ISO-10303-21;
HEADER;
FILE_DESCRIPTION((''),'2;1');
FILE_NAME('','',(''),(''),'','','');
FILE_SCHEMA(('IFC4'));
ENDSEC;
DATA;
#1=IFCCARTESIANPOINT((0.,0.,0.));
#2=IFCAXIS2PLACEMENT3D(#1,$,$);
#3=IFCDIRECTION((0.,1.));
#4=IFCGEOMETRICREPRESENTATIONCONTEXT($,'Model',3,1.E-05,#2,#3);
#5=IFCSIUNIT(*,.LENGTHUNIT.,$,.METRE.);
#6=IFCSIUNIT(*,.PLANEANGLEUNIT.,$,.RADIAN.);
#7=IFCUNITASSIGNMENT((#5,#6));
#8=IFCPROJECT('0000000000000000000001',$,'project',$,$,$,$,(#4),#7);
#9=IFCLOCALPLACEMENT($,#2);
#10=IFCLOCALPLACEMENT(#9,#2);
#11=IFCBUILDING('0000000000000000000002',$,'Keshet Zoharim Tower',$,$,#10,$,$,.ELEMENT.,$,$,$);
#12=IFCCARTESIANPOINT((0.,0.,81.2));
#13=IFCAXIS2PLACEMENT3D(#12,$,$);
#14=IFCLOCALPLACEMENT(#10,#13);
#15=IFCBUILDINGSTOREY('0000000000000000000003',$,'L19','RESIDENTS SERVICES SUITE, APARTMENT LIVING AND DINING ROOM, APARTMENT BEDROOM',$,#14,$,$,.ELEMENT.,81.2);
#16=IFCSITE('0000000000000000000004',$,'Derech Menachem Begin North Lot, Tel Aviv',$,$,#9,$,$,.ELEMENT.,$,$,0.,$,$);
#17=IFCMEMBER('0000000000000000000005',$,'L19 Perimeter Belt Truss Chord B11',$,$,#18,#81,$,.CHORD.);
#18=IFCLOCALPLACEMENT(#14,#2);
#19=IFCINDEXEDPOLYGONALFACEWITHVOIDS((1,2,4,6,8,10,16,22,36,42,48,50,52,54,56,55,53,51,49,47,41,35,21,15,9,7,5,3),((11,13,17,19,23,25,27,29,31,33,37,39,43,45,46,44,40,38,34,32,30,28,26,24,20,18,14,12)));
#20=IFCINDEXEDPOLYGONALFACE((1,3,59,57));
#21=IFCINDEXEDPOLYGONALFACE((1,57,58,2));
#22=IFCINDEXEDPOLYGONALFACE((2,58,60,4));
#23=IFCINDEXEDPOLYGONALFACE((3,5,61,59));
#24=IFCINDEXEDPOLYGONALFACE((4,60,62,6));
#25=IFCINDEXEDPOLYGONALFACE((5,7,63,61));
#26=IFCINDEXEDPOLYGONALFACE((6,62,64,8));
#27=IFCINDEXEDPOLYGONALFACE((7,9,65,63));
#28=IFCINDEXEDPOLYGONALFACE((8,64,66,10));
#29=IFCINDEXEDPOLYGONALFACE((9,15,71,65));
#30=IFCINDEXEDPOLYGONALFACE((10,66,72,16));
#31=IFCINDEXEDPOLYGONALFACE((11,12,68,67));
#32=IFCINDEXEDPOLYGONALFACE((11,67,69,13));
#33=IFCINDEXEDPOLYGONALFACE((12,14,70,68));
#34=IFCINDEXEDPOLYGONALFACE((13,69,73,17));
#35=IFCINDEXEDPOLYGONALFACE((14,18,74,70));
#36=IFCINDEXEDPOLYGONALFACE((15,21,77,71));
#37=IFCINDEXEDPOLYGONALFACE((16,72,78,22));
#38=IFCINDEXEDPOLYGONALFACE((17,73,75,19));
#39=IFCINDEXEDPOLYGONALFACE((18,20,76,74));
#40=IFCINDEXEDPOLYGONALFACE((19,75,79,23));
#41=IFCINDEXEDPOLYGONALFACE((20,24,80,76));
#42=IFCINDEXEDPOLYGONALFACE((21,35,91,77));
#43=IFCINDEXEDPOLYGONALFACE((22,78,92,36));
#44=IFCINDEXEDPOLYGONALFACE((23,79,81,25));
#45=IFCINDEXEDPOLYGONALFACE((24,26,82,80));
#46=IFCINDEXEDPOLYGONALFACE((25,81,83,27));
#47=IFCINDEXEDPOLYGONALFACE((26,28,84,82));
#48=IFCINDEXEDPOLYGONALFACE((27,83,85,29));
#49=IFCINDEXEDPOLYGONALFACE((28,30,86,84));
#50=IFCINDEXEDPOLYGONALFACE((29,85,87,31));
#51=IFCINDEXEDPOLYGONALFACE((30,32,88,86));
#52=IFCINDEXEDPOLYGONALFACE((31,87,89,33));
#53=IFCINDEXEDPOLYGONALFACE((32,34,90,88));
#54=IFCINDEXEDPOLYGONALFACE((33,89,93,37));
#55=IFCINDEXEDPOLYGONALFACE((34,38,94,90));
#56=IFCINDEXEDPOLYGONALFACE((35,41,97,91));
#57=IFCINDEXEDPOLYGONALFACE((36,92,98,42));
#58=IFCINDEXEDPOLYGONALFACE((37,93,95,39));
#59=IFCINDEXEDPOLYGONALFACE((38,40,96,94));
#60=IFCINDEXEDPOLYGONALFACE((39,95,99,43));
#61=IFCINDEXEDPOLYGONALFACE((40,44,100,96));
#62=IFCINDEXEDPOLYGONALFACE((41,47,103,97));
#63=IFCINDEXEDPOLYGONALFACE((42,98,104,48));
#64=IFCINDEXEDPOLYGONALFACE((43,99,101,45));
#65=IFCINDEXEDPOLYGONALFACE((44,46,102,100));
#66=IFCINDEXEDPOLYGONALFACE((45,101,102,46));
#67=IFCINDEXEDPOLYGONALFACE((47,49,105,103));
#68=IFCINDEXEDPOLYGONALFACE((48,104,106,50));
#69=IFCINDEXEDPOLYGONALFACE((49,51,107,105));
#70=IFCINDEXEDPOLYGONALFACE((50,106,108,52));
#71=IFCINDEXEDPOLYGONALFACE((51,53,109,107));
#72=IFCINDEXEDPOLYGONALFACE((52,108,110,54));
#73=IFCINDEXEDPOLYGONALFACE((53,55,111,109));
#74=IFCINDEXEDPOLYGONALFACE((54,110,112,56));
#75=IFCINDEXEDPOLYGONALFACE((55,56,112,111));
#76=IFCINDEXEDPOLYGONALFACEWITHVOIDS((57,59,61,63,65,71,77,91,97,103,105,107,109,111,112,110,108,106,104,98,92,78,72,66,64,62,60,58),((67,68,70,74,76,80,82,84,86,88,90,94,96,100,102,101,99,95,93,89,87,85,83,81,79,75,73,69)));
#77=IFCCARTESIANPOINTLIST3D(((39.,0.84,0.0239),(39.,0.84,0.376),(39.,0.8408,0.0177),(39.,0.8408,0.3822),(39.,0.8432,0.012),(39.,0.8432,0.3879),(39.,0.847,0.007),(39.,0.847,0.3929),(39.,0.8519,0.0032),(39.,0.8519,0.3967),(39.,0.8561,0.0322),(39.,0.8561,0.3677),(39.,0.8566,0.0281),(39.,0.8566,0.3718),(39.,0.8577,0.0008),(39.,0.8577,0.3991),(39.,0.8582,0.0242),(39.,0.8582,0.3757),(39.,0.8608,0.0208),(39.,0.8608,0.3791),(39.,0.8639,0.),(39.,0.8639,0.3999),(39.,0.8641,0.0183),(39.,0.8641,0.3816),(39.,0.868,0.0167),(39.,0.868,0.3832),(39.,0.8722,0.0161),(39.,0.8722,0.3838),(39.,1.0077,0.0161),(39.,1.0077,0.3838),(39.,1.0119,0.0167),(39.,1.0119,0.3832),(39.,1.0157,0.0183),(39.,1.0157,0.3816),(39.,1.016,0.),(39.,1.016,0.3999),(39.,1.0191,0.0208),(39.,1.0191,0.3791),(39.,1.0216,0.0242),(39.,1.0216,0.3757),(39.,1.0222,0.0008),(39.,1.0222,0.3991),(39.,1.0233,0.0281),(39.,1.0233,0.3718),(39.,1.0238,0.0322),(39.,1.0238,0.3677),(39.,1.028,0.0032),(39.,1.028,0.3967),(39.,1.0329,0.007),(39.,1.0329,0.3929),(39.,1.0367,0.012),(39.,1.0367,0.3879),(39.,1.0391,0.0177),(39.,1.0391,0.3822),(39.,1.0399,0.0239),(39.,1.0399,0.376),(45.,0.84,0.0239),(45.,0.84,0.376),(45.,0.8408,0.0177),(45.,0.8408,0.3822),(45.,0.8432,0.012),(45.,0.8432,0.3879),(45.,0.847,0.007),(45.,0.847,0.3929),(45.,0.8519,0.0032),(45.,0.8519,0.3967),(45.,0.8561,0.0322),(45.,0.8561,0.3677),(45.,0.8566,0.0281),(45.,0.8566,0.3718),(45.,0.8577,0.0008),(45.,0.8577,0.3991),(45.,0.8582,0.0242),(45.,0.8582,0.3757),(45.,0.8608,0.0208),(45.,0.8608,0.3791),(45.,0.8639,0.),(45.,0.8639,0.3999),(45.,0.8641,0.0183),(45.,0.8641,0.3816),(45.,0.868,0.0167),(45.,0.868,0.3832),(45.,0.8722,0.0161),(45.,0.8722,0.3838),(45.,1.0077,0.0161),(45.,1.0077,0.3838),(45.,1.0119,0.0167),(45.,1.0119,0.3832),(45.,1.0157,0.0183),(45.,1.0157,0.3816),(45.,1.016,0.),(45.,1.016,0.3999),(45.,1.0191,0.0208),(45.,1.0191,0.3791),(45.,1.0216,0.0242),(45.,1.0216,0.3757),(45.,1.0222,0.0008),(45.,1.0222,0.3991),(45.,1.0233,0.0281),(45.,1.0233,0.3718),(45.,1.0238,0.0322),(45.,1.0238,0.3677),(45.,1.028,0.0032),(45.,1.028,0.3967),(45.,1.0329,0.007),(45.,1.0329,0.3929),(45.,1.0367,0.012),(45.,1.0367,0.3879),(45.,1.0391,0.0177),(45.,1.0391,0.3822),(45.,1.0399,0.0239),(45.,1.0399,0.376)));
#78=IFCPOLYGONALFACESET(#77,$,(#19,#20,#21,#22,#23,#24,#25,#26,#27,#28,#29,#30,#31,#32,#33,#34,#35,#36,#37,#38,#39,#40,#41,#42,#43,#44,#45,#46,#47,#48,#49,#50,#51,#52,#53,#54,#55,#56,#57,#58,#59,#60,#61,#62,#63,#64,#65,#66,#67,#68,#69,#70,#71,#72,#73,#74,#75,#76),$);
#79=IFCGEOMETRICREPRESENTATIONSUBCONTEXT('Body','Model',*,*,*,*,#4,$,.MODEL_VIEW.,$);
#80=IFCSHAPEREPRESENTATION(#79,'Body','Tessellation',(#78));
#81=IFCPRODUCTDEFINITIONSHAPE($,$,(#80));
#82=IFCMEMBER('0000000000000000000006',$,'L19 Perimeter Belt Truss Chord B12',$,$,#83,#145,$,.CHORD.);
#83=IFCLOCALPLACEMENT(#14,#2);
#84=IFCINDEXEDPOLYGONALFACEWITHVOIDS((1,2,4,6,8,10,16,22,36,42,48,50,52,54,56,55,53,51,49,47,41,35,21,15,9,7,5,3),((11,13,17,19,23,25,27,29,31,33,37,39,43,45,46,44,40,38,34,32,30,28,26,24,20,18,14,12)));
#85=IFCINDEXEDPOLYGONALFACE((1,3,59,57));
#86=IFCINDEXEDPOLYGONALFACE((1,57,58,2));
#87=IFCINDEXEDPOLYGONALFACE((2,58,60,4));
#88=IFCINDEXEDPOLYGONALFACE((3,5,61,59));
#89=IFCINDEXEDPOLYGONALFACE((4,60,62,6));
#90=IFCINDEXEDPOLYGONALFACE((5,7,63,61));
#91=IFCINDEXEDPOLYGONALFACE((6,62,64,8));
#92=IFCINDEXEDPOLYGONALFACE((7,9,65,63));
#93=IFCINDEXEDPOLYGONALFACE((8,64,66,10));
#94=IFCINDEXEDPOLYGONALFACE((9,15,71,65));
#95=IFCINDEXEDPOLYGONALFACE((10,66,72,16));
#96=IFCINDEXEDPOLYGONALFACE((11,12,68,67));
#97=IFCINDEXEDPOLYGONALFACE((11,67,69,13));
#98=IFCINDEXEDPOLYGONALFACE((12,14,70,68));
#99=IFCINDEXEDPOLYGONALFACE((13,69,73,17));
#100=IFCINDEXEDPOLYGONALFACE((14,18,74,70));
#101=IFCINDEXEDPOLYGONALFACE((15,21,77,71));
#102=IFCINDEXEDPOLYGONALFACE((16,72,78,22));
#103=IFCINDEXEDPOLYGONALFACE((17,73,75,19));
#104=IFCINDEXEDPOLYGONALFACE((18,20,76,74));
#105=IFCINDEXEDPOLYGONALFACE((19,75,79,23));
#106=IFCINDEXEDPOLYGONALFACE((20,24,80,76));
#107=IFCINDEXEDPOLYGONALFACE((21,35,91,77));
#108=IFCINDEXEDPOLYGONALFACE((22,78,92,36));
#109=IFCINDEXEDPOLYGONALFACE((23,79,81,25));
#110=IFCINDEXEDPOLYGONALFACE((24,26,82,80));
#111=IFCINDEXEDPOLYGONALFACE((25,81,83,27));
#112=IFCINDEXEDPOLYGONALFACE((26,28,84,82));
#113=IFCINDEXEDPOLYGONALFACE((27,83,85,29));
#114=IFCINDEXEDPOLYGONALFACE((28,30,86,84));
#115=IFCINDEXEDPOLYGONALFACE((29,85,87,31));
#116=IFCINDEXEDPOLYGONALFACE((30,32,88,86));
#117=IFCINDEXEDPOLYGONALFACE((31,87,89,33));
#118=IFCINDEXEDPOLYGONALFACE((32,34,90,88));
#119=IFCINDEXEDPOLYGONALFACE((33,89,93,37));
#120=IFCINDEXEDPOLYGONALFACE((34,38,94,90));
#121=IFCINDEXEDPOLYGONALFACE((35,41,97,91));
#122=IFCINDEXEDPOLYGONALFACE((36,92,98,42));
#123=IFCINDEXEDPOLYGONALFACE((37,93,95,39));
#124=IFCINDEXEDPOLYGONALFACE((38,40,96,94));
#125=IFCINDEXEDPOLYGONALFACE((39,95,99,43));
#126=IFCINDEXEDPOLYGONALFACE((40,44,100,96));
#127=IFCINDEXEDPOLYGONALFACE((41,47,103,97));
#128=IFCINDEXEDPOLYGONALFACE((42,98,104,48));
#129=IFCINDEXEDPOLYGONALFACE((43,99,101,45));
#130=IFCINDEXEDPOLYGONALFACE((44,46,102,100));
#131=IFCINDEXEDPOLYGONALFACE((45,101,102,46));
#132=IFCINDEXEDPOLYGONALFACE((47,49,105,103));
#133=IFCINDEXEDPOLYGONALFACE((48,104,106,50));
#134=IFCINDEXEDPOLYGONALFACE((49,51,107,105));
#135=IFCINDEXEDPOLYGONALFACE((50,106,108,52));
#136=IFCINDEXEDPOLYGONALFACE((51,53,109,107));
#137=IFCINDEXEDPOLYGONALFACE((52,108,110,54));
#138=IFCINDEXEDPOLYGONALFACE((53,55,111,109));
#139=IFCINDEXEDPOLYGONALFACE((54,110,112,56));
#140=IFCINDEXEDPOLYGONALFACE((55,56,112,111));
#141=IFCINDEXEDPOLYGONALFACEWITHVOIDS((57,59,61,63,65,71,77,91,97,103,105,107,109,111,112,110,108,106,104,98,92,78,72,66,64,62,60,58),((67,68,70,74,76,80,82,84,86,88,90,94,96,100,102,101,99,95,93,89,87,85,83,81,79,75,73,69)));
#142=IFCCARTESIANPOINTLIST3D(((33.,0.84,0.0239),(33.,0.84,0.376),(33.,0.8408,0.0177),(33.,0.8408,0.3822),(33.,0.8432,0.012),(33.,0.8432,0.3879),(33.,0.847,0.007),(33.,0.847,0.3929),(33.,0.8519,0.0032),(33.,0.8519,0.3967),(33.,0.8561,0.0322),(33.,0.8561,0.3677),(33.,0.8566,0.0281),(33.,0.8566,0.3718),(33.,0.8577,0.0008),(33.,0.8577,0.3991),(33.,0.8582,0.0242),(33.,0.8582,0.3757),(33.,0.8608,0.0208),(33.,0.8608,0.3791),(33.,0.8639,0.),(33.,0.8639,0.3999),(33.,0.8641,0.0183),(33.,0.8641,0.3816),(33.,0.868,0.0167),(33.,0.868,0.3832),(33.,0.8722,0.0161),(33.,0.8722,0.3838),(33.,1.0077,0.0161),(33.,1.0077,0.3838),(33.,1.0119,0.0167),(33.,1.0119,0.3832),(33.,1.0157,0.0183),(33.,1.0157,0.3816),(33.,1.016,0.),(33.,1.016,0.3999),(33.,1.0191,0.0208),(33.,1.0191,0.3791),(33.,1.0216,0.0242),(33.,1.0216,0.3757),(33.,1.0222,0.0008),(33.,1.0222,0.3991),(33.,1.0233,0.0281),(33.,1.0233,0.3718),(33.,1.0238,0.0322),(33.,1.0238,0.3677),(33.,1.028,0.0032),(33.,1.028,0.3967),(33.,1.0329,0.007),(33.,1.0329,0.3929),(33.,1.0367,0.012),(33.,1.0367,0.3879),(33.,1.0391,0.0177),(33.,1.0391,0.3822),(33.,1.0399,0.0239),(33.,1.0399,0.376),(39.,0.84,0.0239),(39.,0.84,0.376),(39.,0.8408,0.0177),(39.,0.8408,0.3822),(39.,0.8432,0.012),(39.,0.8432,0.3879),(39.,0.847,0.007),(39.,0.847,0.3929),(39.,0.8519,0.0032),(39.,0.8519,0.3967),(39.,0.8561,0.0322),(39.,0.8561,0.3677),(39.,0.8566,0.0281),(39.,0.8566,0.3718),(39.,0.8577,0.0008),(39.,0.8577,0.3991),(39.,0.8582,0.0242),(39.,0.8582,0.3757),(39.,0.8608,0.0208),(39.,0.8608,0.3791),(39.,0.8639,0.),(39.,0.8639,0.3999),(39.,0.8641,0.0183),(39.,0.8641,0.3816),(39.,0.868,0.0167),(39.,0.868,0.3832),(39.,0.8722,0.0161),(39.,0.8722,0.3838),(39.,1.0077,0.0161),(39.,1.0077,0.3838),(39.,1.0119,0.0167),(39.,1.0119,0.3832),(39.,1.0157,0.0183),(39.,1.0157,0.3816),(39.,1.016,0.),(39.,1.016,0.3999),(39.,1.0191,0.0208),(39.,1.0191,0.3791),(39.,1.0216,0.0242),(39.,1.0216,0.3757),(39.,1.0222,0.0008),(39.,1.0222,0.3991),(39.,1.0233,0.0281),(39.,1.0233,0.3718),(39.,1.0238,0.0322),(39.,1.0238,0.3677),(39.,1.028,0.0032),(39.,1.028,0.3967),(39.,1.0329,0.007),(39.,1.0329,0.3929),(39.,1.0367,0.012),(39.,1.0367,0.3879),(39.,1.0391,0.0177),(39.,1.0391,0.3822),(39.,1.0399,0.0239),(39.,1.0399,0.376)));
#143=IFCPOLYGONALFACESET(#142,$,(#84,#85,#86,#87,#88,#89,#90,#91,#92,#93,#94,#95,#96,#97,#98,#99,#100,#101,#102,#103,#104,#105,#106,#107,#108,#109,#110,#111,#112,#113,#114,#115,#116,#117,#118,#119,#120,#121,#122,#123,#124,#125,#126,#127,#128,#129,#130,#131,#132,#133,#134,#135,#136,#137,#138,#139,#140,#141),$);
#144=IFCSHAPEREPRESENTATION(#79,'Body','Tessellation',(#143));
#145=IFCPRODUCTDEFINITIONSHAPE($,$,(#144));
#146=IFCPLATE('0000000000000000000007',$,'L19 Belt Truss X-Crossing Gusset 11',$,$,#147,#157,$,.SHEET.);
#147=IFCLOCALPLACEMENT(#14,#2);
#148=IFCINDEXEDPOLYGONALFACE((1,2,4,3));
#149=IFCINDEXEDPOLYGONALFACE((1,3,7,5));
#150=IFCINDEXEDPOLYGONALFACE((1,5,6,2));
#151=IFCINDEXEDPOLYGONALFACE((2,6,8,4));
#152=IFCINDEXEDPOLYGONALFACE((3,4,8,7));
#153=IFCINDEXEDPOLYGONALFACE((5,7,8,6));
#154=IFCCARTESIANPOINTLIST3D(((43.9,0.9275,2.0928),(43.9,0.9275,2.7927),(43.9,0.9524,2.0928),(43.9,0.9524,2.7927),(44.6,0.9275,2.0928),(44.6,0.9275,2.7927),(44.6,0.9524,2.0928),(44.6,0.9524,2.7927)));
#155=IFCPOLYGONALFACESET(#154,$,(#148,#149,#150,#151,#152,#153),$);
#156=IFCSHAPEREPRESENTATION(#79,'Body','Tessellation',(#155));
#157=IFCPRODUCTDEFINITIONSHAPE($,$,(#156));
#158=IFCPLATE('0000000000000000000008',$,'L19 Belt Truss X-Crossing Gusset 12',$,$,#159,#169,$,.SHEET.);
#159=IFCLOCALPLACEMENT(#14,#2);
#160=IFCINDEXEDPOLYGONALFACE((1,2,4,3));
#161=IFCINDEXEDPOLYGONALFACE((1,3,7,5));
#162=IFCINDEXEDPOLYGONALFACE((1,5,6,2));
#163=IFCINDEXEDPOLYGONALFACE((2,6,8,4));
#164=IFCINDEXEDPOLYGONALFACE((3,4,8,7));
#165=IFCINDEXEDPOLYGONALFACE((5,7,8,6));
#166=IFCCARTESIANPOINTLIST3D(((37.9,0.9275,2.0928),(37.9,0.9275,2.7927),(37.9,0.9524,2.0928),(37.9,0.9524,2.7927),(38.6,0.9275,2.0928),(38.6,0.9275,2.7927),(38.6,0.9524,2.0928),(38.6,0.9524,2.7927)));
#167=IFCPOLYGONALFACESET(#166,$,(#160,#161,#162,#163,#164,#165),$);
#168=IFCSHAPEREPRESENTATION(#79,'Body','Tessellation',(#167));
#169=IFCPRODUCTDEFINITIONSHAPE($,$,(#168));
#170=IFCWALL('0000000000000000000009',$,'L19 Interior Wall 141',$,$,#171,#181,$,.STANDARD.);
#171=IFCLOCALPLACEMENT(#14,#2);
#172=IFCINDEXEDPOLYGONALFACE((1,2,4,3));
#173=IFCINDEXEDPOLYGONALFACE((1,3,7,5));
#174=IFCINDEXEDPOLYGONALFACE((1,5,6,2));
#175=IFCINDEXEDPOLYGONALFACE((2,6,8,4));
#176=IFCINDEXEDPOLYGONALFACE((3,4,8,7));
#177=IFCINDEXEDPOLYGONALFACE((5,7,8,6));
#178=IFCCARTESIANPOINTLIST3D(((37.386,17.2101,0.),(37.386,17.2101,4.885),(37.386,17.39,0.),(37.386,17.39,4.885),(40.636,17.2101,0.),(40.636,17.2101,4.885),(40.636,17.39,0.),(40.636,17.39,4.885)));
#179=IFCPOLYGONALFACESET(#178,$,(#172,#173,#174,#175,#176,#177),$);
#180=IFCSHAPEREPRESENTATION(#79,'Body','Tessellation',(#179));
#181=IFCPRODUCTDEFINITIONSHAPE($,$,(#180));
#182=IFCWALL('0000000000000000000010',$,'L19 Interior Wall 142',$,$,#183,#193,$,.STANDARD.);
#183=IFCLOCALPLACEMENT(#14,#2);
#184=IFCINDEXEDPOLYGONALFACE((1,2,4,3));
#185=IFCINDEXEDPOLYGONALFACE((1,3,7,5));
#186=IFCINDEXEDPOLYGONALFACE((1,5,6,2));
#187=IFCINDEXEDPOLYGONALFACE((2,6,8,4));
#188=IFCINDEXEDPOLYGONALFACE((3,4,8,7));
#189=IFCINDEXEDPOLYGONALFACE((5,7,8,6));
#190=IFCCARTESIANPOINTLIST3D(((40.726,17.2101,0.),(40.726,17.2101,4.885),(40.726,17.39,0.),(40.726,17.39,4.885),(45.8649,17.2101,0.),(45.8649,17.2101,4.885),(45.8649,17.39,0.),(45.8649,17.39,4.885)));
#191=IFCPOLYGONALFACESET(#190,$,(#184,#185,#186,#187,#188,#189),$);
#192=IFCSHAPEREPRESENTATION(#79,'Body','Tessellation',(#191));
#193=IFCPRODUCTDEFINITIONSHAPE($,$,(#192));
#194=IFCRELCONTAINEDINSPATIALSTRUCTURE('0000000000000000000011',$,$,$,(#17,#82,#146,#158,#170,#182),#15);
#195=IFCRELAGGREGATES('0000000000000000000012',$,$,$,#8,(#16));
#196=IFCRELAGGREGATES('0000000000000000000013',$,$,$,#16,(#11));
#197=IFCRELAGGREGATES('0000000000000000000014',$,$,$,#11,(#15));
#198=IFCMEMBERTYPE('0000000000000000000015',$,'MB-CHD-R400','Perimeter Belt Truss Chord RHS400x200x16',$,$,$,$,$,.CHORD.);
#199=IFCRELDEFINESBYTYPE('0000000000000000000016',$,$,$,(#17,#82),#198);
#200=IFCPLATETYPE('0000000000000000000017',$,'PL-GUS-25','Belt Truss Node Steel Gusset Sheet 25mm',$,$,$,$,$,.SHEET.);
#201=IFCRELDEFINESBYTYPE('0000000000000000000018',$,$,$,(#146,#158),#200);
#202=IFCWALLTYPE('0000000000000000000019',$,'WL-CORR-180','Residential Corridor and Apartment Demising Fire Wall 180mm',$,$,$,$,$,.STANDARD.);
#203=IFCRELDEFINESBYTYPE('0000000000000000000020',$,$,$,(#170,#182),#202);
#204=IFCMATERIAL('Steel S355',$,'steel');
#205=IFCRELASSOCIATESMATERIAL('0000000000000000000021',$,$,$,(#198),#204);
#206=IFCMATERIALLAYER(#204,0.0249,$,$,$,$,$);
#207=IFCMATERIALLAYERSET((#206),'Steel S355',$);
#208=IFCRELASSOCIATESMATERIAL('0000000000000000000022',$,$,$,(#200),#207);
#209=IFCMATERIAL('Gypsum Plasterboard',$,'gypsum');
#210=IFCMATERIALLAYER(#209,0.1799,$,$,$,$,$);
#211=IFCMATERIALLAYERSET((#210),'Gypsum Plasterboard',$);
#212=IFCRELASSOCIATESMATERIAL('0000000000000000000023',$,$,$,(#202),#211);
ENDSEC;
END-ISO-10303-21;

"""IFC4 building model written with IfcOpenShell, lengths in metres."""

from ifc_helpers import new_model, si_unit, direction, frame, frame_2d, origin, origin_2d, place, context, subcontext, project, spatial, rectangle, hollow_rectangle, extrude, material, layer, layer_set, material_profile, profile_set, type_object, element, save


model = new_model("IFC4")

# Units and contexts
model_context = context("Model", 3, precision=1e-05, world=origin(), true_north=direction((0.0, 1.0)))
body_context = subcontext(model_context, "Body", "Model", "MODEL_VIEW")
ifc_project = project(units=[si_unit("LENGTHUNIT", "METRE"), si_unit("PLANEANGLEUNIT", "RADIAN")], contexts=[model_context])

# Site, building, storey
site_placement = place(None, origin())
site = spatial("IfcSite", under=ifc_project, at=site_placement, Name="Derech Menachem Begin North Lot, Tel Aviv", CompositionType="ELEMENT", RefElevation=0.0)
building_placement = place(site_placement, origin())
building = spatial("IfcBuilding", under=site, at=building_placement, Name="Keshet Zoharim Tower", CompositionType="ELEMENT")
storey_placement = place(building_placement, frame((0.0, 0.0, 81.2)))
storey = spatial("IfcBuildingStorey", under=building, at=storey_placement, Name="L19", Description="RESIDENTS SERVICES SUITE, APARTMENT LIVING AND DINING ROOM, APARTMENT BEDROOM", CompositionType="ELEMENT", Elevation=81.2)

# Shared definitions
ifc_material_1 = material(Name="Steel S355", Category="steel")

# Members
ifc_material_profile_1 = material_profile(ifc_material_1, hollow_rectangle(XDim=0.2, YDim=0.3999, WallThickness=0.0161, InnerFilletRadius=0.0161, OuterFilletRadius=0.0239, at=origin_2d()), Name="RHS400x200x16")
ifc_profile_set_1 = profile_set([ifc_material_profile_1], Name="Steel S355")
member_type_1 = type_object("IfcMemberType", Name="MB-CHD-R400", Description="Perimeter Belt Truss Chord RHS400x200x16", PredefinedType="CHORD", material=ifc_profile_set_1)
for number, where, z_axis, x_axis, name in (
    (1, (45.0, 0.9399, 0.2), (-1.0, 0.0, 0.0), (0.0, -1.0, 0.0), "L19 Perimeter Belt Truss Chord B11"),
    (2, (39.0, 0.9399, 0.2), (-1.0, 0.0, 0.0), (0.0, -1.0, 0.0), "L19 Perimeter Belt Truss Chord B12"),
):
    element("IfcMember", number, at=place(storey_placement, frame(where, z_axis=z_axis, x_axis=x_axis)), inside=storey, type_object=member_type_1, Name=name, PredefinedType="CHORD", context=body_context, shape_type="SweptSolid", body=[
        extrude(hollow_rectangle(XDim=0.2, YDim=0.3999, WallThickness=0.0161, InnerFilletRadius=0.0161, OuterFilletRadius=0.0239, at=origin_2d()), origin(), (0.0, 0.0, 1.0), 6.0),
    ])

# Plates
ifc_layer_1 = layer(ifc_material_1, 0.0249)
ifc_layer_set_1 = layer_set([ifc_layer_1], Name="Steel S355")
plate_type = type_object("IfcPlateType", Name="PL-GUS-25", Description="Belt Truss Node Steel Gusset Sheet 25mm", PredefinedType="SHEET", material=ifc_layer_set_1)
for number, where, z_axis, x_axis, name in (
    (3, (44.25, 0.9399, 2.0928), (0.0, 0.0, 1.0), (-1.0, 0.0, 0.0), "L19 Belt Truss X-Crossing Gusset 11"),
    (4, (38.25, 0.9399, 2.0928), (0.0, 0.0, 1.0), (-1.0, 0.0, 0.0), "L19 Belt Truss X-Crossing Gusset 12"),
):
    element("IfcPlate", number, at=place(storey_placement, frame(where, z_axis=z_axis, x_axis=x_axis)), inside=storey, type_object=plate_type, Name=name, PredefinedType="SHEET", context=body_context, shape_type="SweptSolid", body=[
        extrude(rectangle(XDim=0.7, YDim=0.0249, at=origin_2d()), origin(), (0.0, 0.0, 1.0), 0.7),
    ])

# Walls
ifc_material_2 = material(Name="Gypsum Plasterboard", Category="gypsum")
ifc_layer_2 = layer(ifc_material_2, 0.1799)
ifc_layer_set_2 = layer_set([ifc_layer_2], Name="Gypsum Plasterboard")
wall_type_1 = type_object("IfcWallType", Name="WL-CORR-180", Description="Residential Corridor and Apartment Demising Fire Wall 180mm", PredefinedType="STANDARD", material=ifc_layer_set_2)
wall_1_placement = place(storey_placement, frame((37.386, 17.3, 0.0), z_axis=(0.0, 0.0, 1.0), x_axis=(1.0, 0.0, 0.0)))
element("IfcWall", 5, at=wall_1_placement, inside=storey, type_object=wall_type_1, Name="L19 Interior Wall 141", PredefinedType="STANDARD", context=body_context, shape_type="SweptSolid", body=[
    extrude(rectangle(XDim=3.25, YDim=0.1799, at=frame_2d((1.625, 0.0))), origin(), (0.0, 0.0, 1.0), 4.885),
])
wall_2_placement = place(storey_placement, frame((40.7261, 17.3, 0.0), z_axis=(0.0, 0.0, 1.0), x_axis=(1.0, 0.0, 0.0)))
element("IfcWall", 6, at=wall_2_placement, inside=storey, type_object=wall_type_1, Name="L19 Interior Wall 142", PredefinedType="STANDARD", context=body_context, shape_type="SweptSolid", body=[
    extrude(rectangle(XDim=5.1389, YDim=0.1799, at=frame_2d((2.5693, 0.0))), origin(), (0.0, 0.0, 1.0), 4.885),
])

save(model, "model.ifc")
